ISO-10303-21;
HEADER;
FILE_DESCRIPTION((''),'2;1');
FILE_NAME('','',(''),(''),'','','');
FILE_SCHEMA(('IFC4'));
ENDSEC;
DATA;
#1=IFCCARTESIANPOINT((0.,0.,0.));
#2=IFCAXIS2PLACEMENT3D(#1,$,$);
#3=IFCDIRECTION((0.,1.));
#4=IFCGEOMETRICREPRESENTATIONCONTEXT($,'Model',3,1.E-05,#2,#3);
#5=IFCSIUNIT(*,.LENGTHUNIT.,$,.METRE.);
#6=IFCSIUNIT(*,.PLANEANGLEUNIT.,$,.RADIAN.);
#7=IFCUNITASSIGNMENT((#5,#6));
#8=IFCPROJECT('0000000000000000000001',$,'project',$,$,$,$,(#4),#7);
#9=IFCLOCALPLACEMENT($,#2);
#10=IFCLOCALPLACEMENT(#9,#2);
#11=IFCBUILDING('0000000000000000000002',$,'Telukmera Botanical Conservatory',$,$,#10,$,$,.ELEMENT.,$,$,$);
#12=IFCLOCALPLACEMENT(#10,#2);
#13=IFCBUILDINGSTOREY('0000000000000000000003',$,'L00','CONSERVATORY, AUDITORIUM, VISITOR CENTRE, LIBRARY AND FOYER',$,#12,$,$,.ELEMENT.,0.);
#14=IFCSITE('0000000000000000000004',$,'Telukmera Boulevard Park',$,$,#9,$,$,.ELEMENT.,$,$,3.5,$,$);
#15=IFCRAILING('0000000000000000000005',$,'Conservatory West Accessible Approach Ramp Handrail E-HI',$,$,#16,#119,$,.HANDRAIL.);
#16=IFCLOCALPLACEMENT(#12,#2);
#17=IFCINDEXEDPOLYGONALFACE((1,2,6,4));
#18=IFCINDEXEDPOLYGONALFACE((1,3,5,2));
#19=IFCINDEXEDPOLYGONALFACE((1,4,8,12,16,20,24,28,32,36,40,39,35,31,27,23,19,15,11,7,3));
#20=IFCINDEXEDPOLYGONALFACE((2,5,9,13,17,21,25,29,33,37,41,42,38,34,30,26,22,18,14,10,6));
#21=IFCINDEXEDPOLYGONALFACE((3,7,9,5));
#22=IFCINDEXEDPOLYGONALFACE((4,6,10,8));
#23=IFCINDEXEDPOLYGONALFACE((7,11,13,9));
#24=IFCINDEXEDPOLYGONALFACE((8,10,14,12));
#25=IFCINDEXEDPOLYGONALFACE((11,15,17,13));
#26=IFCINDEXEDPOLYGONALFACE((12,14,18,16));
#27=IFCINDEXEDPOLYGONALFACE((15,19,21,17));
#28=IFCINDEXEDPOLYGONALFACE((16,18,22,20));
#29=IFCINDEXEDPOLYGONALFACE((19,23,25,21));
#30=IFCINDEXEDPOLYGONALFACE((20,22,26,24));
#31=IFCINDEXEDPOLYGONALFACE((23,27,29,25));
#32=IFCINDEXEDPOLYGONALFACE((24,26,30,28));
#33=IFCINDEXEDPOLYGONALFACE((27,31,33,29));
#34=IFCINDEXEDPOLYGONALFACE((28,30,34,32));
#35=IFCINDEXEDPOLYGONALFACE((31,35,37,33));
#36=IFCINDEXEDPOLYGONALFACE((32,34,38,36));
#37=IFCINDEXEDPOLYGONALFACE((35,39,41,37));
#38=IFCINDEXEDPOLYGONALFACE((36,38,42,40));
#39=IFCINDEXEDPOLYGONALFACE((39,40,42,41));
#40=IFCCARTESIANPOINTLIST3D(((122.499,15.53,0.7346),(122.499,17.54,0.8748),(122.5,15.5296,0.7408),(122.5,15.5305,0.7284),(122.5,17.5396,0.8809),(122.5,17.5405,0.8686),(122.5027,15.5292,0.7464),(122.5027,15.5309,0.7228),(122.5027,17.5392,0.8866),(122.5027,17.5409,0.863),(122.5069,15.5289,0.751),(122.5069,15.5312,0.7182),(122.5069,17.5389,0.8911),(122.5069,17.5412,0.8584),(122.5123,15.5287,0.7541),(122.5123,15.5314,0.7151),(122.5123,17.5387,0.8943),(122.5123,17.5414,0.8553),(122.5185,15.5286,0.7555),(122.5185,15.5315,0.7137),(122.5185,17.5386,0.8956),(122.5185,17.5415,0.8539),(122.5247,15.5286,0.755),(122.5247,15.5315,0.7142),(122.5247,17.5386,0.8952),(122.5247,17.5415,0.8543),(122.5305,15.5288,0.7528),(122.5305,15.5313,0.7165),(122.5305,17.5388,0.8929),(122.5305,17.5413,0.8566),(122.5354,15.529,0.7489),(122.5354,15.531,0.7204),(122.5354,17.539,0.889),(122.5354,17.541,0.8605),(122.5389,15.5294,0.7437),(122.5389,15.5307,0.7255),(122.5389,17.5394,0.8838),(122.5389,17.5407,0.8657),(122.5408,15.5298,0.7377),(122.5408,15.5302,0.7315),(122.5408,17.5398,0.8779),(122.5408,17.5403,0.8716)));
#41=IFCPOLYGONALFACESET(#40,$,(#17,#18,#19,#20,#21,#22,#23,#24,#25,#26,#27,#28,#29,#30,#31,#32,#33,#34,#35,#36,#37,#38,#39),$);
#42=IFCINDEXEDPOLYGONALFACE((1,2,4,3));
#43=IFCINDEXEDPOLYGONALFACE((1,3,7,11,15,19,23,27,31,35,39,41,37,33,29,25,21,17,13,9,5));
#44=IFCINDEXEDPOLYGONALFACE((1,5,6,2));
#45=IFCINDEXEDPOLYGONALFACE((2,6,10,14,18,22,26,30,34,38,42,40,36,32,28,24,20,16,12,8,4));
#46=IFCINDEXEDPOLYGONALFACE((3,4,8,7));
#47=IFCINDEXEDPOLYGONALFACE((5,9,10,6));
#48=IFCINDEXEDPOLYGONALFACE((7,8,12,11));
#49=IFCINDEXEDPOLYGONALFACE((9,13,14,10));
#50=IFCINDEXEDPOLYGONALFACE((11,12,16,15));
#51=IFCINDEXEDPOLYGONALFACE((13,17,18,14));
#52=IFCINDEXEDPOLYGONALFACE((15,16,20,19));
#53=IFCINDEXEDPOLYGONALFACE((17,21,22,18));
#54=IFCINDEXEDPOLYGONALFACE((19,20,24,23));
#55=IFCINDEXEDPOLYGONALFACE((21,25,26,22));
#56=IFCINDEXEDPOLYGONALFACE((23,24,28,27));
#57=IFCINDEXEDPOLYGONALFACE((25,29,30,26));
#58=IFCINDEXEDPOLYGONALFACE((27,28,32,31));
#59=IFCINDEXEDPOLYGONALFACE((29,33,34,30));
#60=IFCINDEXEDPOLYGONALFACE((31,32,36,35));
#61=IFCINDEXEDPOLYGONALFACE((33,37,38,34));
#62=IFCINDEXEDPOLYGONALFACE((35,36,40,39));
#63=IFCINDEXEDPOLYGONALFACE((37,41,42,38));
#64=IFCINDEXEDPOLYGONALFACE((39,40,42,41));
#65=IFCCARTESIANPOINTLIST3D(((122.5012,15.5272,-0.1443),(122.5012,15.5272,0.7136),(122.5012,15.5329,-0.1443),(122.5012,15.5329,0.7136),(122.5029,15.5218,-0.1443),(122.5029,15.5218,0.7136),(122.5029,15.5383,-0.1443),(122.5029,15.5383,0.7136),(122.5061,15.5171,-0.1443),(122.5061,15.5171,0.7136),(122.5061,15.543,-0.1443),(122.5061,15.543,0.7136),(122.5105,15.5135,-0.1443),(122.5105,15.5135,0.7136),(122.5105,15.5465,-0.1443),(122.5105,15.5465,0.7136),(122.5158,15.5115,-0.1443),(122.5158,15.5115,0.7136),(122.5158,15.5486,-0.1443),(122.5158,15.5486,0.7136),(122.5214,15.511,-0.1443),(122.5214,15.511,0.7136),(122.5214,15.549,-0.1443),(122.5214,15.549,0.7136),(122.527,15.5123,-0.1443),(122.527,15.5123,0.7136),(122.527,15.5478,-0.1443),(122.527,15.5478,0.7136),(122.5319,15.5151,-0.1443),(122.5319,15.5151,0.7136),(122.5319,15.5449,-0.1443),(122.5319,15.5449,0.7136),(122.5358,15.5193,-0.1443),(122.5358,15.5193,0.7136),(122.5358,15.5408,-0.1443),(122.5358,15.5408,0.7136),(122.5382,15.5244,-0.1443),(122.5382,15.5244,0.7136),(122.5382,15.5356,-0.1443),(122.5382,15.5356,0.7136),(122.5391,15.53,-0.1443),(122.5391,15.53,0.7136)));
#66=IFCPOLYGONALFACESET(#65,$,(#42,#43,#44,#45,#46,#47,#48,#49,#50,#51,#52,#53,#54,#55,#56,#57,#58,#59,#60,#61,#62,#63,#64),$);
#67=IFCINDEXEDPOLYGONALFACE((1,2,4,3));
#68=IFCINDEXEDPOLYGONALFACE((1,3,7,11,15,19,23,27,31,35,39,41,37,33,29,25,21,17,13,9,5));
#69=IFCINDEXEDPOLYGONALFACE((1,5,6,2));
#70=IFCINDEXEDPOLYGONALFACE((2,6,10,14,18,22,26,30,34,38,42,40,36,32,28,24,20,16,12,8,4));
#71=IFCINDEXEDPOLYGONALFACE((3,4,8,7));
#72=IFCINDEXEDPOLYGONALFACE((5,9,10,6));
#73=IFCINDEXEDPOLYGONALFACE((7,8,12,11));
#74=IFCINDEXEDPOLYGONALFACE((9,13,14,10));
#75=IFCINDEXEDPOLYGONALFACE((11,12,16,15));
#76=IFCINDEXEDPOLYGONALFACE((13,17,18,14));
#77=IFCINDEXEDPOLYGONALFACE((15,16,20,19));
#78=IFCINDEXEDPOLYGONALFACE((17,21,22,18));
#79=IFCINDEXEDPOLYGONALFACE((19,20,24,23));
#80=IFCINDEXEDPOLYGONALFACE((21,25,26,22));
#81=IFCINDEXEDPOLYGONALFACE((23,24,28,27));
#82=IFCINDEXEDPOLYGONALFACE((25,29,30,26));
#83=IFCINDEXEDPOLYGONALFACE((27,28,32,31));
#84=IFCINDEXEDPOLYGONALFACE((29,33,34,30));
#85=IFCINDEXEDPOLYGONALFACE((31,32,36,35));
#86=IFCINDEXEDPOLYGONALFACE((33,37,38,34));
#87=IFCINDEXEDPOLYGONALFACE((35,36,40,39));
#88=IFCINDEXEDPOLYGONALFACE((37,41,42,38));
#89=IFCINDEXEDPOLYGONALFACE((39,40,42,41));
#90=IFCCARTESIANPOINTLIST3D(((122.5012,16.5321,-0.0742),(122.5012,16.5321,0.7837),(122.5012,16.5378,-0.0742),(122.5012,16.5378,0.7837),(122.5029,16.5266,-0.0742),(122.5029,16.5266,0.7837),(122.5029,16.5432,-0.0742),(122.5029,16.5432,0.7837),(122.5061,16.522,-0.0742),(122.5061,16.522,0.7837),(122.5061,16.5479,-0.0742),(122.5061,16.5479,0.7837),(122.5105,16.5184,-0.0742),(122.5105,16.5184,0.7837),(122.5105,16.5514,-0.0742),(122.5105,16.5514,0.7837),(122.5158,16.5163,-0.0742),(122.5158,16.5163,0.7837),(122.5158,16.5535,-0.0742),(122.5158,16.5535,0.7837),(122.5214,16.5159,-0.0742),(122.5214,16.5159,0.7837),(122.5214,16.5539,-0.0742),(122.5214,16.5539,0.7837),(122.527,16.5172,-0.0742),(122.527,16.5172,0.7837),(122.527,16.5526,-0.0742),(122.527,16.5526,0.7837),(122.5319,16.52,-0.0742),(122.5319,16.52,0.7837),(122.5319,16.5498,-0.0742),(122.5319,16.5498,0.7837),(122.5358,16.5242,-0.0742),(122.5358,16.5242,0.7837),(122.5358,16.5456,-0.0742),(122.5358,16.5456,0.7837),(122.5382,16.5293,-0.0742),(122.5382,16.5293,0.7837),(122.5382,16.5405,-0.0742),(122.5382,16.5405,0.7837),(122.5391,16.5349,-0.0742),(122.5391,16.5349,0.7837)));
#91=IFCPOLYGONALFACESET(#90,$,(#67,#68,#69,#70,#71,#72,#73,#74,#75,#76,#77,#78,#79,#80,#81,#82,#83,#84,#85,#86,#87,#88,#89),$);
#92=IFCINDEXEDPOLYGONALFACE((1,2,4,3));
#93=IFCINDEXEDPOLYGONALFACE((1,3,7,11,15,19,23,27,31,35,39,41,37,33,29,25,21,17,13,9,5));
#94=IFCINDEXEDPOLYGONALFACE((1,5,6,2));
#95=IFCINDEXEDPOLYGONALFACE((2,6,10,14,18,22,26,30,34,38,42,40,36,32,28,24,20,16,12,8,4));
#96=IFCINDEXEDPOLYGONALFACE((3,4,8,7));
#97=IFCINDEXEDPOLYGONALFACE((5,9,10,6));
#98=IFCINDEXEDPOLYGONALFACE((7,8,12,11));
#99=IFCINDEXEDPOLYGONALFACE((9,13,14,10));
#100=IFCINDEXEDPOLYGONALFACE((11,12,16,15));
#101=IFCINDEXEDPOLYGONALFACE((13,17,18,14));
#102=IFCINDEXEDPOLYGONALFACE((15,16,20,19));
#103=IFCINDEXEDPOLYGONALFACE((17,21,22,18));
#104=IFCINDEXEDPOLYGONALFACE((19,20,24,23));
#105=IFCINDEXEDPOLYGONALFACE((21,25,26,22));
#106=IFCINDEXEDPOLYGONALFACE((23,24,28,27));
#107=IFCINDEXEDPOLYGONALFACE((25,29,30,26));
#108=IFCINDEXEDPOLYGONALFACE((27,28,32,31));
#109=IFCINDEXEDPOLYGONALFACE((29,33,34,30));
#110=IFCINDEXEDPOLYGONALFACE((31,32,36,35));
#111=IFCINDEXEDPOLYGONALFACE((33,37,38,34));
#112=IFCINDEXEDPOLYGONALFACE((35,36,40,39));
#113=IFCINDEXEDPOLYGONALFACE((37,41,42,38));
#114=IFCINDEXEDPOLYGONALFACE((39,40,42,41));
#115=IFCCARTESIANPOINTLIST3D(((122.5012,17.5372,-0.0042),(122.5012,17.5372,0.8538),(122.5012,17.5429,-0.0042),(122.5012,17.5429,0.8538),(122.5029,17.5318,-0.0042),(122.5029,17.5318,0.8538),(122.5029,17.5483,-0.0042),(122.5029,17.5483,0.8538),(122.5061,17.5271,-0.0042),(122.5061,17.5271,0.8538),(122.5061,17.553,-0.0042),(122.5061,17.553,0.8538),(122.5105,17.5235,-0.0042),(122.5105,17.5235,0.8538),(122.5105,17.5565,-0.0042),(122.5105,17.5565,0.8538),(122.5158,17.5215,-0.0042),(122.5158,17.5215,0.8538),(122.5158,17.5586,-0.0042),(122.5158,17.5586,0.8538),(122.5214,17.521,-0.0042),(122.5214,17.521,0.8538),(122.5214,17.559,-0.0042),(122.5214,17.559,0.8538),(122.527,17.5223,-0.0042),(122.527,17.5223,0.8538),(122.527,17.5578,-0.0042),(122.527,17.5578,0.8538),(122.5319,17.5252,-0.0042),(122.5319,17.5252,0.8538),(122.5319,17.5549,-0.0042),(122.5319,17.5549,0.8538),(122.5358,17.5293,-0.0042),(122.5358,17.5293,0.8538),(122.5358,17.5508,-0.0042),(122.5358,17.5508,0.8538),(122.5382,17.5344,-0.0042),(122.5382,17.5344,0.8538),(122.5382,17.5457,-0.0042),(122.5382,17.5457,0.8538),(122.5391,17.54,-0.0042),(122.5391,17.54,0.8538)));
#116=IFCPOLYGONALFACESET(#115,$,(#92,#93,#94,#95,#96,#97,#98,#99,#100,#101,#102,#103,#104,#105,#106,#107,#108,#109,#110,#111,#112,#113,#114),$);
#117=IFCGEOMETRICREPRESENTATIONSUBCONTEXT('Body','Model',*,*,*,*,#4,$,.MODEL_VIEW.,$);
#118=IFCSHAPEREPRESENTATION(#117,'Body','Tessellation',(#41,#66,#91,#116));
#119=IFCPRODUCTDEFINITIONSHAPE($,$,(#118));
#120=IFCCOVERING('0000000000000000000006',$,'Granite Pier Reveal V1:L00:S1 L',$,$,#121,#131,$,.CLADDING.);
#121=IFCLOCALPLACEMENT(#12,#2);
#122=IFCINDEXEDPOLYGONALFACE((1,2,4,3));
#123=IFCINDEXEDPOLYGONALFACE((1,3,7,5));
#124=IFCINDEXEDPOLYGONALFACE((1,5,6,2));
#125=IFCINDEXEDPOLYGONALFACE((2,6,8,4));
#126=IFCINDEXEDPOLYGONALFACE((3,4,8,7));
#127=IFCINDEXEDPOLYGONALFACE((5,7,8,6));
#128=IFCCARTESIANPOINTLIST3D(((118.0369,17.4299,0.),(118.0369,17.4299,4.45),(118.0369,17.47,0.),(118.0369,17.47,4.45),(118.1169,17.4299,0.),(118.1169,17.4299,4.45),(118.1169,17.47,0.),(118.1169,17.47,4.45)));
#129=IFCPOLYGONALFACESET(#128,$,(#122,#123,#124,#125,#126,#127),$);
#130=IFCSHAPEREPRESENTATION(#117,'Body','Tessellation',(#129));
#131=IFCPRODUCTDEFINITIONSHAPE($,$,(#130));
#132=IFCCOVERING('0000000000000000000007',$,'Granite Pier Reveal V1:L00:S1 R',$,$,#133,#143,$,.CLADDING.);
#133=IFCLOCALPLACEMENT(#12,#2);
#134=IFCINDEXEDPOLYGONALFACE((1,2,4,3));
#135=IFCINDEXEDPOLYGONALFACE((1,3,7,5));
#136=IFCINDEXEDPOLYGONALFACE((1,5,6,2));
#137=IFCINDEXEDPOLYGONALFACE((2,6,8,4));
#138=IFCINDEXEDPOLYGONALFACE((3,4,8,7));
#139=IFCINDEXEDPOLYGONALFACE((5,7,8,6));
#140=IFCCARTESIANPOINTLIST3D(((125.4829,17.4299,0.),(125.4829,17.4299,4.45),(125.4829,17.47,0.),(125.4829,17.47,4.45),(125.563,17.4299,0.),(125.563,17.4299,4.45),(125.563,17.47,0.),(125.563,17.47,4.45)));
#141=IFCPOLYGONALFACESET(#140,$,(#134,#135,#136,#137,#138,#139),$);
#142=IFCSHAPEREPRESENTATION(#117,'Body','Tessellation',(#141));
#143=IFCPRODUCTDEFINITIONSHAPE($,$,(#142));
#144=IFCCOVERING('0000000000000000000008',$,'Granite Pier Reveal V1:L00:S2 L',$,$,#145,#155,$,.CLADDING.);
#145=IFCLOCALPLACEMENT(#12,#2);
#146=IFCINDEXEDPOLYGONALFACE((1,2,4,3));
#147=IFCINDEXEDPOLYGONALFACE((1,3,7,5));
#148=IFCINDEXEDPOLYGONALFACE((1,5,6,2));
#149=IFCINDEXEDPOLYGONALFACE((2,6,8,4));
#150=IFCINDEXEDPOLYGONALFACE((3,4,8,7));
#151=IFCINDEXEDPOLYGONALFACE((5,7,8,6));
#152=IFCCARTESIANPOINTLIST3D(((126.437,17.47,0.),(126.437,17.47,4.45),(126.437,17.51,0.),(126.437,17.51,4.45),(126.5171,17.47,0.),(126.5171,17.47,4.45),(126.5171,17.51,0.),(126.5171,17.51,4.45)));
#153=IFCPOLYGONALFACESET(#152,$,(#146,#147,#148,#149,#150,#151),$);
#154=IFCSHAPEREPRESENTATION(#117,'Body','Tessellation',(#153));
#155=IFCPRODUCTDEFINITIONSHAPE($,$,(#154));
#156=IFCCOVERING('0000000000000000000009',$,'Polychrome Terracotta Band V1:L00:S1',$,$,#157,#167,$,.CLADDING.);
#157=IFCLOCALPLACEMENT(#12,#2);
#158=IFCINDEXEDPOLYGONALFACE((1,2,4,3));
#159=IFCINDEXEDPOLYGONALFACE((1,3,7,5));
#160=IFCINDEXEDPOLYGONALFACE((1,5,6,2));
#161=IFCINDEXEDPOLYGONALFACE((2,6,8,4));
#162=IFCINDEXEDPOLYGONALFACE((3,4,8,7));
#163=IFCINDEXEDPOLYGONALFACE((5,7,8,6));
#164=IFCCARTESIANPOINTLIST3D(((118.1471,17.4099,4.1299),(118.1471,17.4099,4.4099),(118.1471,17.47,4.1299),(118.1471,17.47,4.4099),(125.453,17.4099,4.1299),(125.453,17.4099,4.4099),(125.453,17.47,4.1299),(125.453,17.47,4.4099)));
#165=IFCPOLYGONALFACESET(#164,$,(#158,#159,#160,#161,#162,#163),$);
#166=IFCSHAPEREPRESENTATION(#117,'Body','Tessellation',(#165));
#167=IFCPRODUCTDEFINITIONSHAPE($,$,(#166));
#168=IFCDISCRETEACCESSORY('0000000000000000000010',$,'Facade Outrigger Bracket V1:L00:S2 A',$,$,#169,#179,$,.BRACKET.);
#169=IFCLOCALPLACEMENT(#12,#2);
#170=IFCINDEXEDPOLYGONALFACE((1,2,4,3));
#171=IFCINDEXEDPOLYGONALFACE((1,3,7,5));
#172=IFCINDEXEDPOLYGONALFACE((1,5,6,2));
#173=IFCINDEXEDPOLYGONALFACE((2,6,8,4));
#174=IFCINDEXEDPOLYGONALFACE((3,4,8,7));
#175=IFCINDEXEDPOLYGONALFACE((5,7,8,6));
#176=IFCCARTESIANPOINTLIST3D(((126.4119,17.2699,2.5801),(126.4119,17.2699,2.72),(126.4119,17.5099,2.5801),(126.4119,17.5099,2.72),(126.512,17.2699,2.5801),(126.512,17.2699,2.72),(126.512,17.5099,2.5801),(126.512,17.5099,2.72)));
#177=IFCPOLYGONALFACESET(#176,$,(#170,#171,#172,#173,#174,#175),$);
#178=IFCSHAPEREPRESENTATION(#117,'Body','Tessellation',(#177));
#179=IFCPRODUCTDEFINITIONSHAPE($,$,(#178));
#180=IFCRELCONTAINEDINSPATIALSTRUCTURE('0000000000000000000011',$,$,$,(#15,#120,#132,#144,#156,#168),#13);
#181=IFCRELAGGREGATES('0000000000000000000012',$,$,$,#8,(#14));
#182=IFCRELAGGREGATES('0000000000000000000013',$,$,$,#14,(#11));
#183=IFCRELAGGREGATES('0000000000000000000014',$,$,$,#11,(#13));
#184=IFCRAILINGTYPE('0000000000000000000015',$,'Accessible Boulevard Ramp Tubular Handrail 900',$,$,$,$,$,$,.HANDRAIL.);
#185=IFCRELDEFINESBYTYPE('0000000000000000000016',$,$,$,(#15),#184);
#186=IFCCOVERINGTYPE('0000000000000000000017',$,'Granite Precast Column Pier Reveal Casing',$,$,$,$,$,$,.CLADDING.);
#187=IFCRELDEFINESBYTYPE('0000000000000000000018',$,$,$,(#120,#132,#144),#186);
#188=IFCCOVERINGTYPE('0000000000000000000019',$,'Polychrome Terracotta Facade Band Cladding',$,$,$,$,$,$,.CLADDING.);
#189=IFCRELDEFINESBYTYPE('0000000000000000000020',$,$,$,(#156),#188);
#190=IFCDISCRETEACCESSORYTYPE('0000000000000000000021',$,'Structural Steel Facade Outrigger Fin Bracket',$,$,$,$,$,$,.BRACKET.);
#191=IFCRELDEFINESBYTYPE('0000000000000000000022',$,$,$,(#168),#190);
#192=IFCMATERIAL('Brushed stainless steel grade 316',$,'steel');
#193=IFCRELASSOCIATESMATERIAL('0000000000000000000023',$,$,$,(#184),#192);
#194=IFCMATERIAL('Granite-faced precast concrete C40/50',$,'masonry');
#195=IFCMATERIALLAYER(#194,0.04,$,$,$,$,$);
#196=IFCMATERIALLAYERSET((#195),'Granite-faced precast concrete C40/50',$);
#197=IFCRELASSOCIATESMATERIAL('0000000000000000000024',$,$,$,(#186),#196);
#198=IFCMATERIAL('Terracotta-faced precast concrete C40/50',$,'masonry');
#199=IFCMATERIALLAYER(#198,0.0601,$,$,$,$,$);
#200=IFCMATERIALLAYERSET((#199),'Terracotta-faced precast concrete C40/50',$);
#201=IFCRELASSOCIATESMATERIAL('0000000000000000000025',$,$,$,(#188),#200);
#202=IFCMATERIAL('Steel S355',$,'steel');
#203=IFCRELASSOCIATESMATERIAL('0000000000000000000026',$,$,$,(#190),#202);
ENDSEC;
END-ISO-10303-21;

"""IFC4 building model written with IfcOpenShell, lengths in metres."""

from ifc_helpers import new_model, si_unit, direction, frame, origin, origin_2d, place, context, subcontext, project, spatial, rectangle, circle, extrude, material, layer, layer_set, type_object, element, save


model = new_model("IFC4")

# Units and contexts
model_context = context("Model", 3, precision=1e-05, world=origin(), true_north=direction((0.0, 1.0)))
body_context = subcontext(model_context, "Body", "Model", "MODEL_VIEW")
ifc_project = project(units=[si_unit("LENGTHUNIT", "METRE"), si_unit("PLANEANGLEUNIT", "RADIAN")], contexts=[model_context])

# Site, building, storey
site_placement = place(None, origin())
site = spatial("IfcSite", under=ifc_project, at=site_placement, Name="Telukmera Boulevard Park", CompositionType="ELEMENT", RefElevation=3.5)
building_placement = place(site_placement, origin())
building = spatial("IfcBuilding", under=site, at=building_placement, Name="Telukmera Botanical Conservatory", CompositionType="ELEMENT")
storey_placement = place(building_placement, origin())
storey = spatial("IfcBuildingStorey", under=building, at=storey_placement, Name="L00", Description="CONSERVATORY, AUDITORIUM, VISITOR CENTRE, LIBRARY AND FOYER", CompositionType="ELEMENT", Elevation=0.0)

# Shared definitions
ifc_material_1 = material(Name="Granite-faced precast concrete C40/50", Category="masonry")

# Railing
ifc_material_2 = material(Name="Brushed stainless steel grade 316", Category="steel")
railing_type = type_object("IfcRailingType", Name="Accessible Boulevard Ramp Tubular Handrail 900", PredefinedType="HANDRAIL", material=ifc_material_2)
railing_1_placement = place(storey_placement, frame((122.52, 15.53, -0.1443)))
element("IfcRailing", 1, at=railing_1_placement, inside=storey, type_object=railing_type, Name="Conservatory West Accessible Approach Ramp Handrail E-HI", PredefinedType="HANDRAIL", context=body_context, shape_type="SweptSolid", body=[
    extrude(circle(Radius=0.021, at=origin_2d()), frame((0.0, 0.0, 0.8789), z_axis=(0.0, 0.997578, 0.069551), x_axis=(-1.0, 0.0, 0.0)), (0.0, 0.0, 1.0), 2.0149),
    extrude(circle(Radius=0.019, at=origin_2d()), origin(), (0.0, 0.0, 1.0), 0.8579),
    extrude(circle(Radius=0.019, at=origin_2d()), frame((0.0, 1.0049, 0.0701)), (0.0, 0.0, 1.0), 0.8579),
    extrude(circle(Radius=0.019, at=origin_2d()), frame((0.0, 2.01, 0.1401)), (0.0, 0.0, 1.0), 0.8579),
])

# Coverings
ifc_layer_1 = layer(ifc_material_1, 0.04)
ifc_layer_set_1 = layer_set([ifc_layer_1], Name="Granite-faced precast concrete C40/50")
covering_type_1 = type_object("IfcCoveringType", Name="Granite Precast Column Pier Reveal Casing", PredefinedType="CLADDING", material=ifc_layer_set_1)
for number, where, z_axis, x_axis, name in (
    (2, (118.0769, 17.45, 0.0), (0.0, 0.0, 1.0), (1.0, 0.0, 0.0), "Granite Pier Reveal V1:L00:S1 L"),
    (3, (125.5229, 17.45, 0.0), (0.0, 0.0, 1.0), (1.0, 0.0, 0.0), "Granite Pier Reveal V1:L00:S1 R"),
    (4, (126.4771, 17.49, 0.0), (0.0, 0.0, 1.0), (1.0, 0.0, 0.0), "Granite Pier Reveal V1:L00:S2 L"),
):
    element("IfcCovering", number, at=place(storey_placement, frame(where, z_axis=z_axis, x_axis=x_axis)), inside=storey, type_object=covering_type_1, Name=name, PredefinedType="CLADDING", context=body_context, shape_type="SweptSolid", body=[
        extrude(rectangle(XDim=0.0801, YDim=0.04, at=origin_2d()), origin(), (0.0, 0.0, 1.0), 4.45),
    ])
ifc_material_3 = material(Name="Terracotta-faced precast concrete C40/50", Category="masonry")
ifc_layer_2 = layer(ifc_material_3, 0.0601)
ifc_layer_set_2 = layer_set([ifc_layer_2], Name="Terracotta-faced precast concrete C40/50")
covering_type_2 = type_object("IfcCoveringType", Name="Polychrome Terracotta Facade Band Cladding", PredefinedType="CLADDING", material=ifc_layer_set_2)
covering_placement = place(storey_placement, frame((121.8, 17.4399, 4.1299), z_axis=(0.0, 0.0, 1.0), x_axis=(1.0, 0.0, 0.0)))
element("IfcCovering", 5, at=covering_placement, inside=storey, type_object=covering_type_2, Name="Polychrome Terracotta Band V1:L00:S1", PredefinedType="CLADDING", context=body_context, shape_type="SweptSolid", body=[
    extrude(rectangle(XDim=7.3059, YDim=0.0601, at=origin_2d()), origin(), (0.0, 0.0, 1.0), 0.28),
])

# Discrete accessory
ifc_material_4 = material(Name="Steel S355", Category="steel")
discrete_accessory_type = type_object("IfcDiscreteAccessoryType", Name="Structural Steel Facade Outrigger Fin Bracket", PredefinedType="BRACKET", material=ifc_material_4)
discrete_accessory_placement = place(storey_placement, frame((126.4619, 17.3899, 2.5801), z_axis=(0.0, 0.0, 1.0), x_axis=(1.0, 0.0, 0.0)))
element("IfcDiscreteAccessory", 6, at=discrete_accessory_placement, inside=storey, type_object=discrete_accessory_type, Name="Facade Outrigger Bracket V1:L00:S2 A", PredefinedType="BRACKET", context=body_context, shape_type="SweptSolid", body=[
    extrude(rectangle(XDim=0.1001, YDim=0.24, at=origin_2d()), origin(), (0.0, 0.0, 1.0), 0.1399),
])

save(model, "model.ifc")
